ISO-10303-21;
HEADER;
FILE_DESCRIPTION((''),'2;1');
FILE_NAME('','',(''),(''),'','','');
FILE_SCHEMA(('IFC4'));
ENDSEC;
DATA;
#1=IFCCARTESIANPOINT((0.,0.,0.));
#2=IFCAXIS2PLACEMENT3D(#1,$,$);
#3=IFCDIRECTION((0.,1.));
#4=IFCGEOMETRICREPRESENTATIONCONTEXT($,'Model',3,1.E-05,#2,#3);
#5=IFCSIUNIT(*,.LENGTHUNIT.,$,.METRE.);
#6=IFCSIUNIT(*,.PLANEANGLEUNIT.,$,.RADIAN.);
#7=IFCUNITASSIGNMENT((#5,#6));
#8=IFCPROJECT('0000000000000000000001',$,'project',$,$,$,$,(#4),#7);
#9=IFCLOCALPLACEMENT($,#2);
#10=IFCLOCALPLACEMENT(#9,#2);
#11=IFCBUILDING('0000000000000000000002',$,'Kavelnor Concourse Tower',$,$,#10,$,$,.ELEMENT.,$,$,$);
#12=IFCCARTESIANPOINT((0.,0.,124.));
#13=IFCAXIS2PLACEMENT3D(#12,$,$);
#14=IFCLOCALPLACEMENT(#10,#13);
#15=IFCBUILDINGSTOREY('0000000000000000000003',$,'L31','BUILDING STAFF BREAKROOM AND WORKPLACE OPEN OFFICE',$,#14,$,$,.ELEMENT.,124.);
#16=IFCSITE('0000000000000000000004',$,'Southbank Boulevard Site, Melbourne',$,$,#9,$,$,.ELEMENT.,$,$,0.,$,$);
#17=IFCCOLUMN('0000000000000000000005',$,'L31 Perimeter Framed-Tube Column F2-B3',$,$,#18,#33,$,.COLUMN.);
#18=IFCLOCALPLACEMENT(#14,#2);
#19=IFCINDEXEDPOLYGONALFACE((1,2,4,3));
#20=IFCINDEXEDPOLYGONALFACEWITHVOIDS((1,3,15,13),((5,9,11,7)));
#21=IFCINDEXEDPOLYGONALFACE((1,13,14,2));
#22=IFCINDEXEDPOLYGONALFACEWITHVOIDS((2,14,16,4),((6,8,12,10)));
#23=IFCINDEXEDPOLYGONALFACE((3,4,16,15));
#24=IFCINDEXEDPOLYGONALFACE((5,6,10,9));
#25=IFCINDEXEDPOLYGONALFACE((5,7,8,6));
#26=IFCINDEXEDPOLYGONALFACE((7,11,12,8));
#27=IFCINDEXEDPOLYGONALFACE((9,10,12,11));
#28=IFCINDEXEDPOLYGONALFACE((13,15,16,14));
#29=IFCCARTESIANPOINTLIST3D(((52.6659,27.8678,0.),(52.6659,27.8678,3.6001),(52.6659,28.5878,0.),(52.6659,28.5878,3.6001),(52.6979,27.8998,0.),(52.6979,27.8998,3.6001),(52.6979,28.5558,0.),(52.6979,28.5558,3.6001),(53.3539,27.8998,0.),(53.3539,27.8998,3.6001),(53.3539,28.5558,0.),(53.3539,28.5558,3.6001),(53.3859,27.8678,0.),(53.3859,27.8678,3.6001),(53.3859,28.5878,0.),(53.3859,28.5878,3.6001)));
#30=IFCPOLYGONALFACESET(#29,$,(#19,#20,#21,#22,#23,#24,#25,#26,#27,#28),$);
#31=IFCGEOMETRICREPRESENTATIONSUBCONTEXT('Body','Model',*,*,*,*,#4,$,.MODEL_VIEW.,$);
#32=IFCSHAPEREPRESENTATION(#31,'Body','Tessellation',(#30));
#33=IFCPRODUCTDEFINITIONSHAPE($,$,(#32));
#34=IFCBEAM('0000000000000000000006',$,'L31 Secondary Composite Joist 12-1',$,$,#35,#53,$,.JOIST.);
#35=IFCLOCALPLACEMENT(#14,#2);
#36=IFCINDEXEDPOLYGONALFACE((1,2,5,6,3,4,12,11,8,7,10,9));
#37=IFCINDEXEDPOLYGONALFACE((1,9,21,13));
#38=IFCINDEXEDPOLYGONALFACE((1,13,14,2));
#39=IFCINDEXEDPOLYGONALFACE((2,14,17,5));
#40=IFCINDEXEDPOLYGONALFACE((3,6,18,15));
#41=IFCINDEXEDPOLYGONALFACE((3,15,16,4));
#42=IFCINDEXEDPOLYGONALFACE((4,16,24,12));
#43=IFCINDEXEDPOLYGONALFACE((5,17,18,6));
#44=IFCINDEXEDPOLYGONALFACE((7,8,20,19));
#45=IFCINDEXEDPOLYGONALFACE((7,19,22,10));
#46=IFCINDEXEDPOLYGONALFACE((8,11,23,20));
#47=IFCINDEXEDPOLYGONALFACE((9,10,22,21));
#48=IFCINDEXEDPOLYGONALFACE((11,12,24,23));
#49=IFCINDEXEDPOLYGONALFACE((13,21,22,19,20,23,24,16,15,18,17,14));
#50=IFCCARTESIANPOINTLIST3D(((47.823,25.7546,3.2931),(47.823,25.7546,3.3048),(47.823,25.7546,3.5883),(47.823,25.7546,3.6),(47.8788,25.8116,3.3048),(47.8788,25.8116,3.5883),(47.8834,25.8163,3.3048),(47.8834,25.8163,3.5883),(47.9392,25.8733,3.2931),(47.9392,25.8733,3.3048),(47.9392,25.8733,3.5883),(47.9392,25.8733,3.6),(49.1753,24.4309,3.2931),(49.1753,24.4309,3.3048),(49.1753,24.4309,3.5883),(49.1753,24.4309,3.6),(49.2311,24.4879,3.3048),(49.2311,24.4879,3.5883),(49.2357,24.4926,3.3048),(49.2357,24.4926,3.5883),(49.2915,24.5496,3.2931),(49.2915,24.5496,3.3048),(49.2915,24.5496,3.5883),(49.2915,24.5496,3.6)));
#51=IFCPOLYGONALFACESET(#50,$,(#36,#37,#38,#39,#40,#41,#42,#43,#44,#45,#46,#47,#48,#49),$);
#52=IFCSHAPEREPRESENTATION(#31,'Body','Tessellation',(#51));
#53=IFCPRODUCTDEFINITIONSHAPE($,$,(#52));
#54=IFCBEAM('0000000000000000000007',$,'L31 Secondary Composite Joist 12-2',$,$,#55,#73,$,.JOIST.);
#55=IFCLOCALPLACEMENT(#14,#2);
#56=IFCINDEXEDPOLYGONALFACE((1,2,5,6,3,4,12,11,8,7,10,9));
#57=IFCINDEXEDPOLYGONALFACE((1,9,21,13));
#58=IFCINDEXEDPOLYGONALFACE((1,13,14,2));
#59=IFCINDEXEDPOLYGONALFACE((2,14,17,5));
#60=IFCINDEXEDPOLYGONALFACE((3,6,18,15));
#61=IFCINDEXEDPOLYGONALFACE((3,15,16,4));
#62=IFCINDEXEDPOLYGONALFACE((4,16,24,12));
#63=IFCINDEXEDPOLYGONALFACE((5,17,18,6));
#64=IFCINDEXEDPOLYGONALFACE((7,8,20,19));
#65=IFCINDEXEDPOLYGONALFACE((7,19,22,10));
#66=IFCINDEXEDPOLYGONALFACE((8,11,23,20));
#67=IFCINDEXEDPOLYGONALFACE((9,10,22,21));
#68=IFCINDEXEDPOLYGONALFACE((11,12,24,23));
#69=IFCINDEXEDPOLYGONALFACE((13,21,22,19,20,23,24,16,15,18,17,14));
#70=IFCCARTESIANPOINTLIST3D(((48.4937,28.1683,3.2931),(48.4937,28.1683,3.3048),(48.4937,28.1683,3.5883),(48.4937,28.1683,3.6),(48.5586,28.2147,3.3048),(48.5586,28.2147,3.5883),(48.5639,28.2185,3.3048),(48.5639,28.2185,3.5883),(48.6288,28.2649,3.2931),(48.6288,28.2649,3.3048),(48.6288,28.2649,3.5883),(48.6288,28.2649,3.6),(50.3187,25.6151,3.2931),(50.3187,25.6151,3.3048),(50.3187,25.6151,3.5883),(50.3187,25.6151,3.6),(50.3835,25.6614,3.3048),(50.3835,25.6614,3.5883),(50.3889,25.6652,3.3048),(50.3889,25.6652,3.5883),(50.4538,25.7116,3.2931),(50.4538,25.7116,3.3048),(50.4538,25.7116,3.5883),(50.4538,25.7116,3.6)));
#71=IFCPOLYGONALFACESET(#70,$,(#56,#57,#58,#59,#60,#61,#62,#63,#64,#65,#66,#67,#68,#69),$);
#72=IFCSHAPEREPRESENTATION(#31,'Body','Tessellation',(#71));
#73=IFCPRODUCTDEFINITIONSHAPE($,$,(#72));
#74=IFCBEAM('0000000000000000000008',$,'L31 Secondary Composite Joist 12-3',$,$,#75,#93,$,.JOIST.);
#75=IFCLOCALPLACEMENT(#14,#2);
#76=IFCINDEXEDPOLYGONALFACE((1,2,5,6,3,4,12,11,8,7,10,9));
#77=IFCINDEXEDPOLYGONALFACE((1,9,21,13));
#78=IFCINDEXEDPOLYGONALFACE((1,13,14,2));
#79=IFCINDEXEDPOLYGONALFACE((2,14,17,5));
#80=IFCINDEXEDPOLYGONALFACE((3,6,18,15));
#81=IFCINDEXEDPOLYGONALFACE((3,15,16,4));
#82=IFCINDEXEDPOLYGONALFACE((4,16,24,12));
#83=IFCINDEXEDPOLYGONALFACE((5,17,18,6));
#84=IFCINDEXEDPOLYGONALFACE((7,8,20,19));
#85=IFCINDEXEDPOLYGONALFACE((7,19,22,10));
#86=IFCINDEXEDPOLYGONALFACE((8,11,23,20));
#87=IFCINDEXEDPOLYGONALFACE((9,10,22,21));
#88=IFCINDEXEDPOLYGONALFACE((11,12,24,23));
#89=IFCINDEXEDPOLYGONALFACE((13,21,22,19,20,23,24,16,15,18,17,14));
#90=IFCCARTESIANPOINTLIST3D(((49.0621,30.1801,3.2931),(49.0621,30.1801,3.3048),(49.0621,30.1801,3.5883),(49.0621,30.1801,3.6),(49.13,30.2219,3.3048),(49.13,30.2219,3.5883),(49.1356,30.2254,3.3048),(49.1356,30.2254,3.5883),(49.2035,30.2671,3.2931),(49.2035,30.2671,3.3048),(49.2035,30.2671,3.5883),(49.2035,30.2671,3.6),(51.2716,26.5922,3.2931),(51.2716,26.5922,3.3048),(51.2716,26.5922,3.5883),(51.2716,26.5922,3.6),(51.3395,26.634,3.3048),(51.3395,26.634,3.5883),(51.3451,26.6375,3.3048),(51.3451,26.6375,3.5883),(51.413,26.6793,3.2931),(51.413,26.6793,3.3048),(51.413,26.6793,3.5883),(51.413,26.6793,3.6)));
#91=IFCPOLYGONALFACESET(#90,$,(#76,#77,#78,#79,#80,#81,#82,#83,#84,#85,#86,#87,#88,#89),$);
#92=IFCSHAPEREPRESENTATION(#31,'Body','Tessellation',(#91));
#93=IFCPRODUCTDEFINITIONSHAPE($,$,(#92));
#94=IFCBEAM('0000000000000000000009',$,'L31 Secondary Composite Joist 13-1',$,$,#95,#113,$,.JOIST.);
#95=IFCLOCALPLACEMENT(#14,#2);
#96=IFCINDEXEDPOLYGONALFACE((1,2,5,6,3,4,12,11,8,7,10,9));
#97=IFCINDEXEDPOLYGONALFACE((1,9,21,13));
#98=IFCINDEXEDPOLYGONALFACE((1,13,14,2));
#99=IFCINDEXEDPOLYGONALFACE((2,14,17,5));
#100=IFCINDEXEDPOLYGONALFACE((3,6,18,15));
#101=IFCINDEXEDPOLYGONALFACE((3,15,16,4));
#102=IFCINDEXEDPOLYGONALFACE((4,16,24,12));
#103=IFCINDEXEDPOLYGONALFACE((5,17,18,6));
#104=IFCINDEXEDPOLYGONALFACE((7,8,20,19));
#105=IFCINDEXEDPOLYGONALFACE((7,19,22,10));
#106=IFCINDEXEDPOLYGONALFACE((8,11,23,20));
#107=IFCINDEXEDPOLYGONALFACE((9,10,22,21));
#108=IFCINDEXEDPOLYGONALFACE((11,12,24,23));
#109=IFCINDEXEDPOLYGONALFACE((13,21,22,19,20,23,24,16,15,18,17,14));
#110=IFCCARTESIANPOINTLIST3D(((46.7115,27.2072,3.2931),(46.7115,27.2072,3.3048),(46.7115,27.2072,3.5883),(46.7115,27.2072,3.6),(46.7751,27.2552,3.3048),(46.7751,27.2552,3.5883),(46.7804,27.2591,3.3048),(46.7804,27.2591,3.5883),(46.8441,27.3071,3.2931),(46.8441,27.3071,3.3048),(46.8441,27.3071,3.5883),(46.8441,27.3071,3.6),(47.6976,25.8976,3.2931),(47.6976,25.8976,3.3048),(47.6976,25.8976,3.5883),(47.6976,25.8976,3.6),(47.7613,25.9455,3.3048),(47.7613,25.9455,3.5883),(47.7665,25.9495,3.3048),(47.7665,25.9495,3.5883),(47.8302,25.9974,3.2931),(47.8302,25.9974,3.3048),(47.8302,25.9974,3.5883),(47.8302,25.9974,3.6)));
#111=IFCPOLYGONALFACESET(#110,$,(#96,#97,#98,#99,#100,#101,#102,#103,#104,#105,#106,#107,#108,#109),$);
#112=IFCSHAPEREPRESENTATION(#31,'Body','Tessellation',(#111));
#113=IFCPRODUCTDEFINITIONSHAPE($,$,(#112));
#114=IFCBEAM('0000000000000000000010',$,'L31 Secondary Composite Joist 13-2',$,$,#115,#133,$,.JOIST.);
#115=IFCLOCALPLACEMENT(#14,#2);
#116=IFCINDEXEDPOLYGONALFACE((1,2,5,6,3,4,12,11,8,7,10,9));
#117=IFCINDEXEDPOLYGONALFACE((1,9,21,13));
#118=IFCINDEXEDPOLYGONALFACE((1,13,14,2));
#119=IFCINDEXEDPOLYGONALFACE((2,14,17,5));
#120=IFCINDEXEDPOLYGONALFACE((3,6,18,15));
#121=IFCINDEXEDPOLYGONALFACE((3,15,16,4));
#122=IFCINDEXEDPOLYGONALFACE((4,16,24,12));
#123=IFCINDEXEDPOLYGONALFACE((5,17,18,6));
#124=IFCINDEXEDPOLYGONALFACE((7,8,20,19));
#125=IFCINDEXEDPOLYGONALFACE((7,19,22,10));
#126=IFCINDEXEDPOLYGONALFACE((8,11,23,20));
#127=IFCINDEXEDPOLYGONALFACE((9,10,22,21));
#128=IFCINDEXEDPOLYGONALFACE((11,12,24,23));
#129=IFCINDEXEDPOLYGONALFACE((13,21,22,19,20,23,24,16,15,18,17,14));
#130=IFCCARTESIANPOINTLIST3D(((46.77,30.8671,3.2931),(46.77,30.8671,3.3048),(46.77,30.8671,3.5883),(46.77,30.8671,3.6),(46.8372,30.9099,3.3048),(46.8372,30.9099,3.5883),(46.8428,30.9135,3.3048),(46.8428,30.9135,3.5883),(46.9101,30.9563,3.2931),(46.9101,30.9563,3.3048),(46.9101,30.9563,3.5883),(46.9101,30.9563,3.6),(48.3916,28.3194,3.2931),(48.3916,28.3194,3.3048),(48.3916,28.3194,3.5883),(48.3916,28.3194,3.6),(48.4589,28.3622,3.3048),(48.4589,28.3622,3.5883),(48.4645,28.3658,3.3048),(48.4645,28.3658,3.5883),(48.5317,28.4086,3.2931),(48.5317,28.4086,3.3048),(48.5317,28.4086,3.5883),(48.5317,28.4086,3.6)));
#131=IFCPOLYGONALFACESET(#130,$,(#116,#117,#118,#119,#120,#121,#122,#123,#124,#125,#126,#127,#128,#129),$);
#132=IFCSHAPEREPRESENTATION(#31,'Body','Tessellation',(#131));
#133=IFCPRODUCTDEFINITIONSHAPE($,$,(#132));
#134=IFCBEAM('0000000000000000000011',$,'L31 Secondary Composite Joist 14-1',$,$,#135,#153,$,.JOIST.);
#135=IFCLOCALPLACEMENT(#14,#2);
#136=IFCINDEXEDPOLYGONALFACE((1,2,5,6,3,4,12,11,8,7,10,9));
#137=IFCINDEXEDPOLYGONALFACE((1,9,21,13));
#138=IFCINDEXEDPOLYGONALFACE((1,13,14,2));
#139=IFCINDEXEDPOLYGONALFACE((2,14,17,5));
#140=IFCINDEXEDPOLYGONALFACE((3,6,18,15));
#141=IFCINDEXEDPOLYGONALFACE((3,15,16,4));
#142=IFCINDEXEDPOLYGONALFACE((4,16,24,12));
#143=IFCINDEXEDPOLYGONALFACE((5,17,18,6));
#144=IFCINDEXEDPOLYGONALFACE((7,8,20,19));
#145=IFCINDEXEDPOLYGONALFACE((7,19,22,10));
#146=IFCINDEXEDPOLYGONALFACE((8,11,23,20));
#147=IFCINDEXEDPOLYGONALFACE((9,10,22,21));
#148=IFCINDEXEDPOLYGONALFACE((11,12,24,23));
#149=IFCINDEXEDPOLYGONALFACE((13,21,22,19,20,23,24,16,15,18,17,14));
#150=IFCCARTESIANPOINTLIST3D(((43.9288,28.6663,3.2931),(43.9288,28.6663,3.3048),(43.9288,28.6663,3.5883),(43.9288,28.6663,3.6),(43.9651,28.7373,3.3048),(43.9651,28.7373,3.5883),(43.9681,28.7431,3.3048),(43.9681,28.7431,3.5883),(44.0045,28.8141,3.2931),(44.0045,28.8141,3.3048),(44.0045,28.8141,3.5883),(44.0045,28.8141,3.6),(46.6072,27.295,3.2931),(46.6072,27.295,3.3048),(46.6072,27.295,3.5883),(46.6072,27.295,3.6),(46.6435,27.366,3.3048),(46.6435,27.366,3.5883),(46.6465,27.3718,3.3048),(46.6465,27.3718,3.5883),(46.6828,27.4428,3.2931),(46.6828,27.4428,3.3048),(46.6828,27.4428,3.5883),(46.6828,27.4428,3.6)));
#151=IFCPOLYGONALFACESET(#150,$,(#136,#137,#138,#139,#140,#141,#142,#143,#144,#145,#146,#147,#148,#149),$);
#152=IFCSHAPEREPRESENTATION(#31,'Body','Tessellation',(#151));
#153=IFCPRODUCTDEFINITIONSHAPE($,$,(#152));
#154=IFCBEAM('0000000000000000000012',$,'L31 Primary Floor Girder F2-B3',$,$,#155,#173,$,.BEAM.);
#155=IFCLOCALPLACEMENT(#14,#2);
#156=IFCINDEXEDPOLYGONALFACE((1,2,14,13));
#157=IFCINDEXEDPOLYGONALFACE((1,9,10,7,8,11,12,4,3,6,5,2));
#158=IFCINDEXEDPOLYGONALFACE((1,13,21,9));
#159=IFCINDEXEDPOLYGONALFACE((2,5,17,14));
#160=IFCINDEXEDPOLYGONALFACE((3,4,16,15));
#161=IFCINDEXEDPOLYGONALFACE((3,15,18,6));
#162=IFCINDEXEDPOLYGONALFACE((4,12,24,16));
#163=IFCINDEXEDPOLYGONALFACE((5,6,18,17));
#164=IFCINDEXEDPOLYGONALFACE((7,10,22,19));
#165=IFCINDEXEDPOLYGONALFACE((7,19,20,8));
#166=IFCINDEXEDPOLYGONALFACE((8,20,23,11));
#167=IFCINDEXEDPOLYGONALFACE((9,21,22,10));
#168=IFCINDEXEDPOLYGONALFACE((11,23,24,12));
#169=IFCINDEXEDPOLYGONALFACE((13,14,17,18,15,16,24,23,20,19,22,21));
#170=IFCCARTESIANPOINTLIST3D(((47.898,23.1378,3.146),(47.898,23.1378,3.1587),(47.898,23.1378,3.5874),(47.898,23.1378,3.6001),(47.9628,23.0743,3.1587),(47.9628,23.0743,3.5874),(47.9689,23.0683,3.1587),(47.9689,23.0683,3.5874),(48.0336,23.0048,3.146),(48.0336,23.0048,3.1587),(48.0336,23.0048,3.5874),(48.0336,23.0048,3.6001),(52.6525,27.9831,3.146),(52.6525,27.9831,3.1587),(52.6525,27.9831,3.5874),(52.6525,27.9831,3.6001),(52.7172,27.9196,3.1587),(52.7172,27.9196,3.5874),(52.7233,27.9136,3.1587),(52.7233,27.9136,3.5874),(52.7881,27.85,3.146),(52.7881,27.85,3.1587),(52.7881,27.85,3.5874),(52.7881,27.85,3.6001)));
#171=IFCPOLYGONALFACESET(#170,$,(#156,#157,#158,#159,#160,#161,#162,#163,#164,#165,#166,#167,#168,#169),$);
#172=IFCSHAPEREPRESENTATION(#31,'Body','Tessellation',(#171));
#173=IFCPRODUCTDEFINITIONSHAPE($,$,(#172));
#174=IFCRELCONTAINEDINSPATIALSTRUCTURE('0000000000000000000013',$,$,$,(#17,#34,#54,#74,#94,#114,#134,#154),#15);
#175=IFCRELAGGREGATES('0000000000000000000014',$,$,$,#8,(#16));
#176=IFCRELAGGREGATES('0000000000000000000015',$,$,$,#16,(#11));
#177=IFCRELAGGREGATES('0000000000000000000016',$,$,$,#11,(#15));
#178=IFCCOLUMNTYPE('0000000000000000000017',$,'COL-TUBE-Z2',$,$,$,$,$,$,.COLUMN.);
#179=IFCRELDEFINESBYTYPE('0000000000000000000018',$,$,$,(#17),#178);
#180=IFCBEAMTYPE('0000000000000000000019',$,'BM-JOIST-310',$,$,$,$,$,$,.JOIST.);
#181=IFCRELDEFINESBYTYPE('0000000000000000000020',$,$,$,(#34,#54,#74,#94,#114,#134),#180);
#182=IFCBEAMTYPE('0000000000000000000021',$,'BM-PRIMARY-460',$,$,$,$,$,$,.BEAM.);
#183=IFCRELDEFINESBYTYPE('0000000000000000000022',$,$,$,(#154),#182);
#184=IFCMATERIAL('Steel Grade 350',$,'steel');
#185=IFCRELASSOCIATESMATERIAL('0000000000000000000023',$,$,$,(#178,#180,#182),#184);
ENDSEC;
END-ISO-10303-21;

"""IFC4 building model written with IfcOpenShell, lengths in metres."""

from ifc_helpers import new_model, si_unit, direction, frame, origin, origin_2d, place, context, subcontext, project, spatial, hollow_rectangle, i_section, extrude, material, material_profile, profile_set, type_object, element, save


model = new_model("IFC4")

# Units and contexts
model_context = context("Model", 3, precision=1e-05, world=origin(), true_north=direction((0.0, 1.0)))
body_context = subcontext(model_context, "Body", "Model", "MODEL_VIEW")
ifc_project = project(units=[si_unit("LENGTHUNIT", "METRE"), si_unit("PLANEANGLEUNIT", "RADIAN")], contexts=[model_context])

# Site, building, storey
site_placement = place(None, origin())
site = spatial("IfcSite", under=ifc_project, at=site_placement, Name="Southbank Boulevard Site, Melbourne", CompositionType="ELEMENT", RefElevation=0.0)
building_placement = place(site_placement, origin())
building = spatial("IfcBuilding", under=site, at=building_placement, Name="Kavelnor Concourse Tower", CompositionType="ELEMENT")
storey_placement = place(building_placement, frame((0.0, 0.0, 124.0)))
storey = spatial("IfcBuildingStorey", under=building, at=storey_placement, Name="L31", Description="BUILDING STAFF BREAKROOM AND WORKPLACE OPEN OFFICE", CompositionType="ELEMENT", Elevation=124.0)

# Column
ifc_material_1 = material(Name="Steel Grade 350", Category="steel")
ifc_material_profile_1 = material_profile(ifc_material_1, hollow_rectangle(XDim=0.72, YDim=0.72, WallThickness=0.032, at=origin_2d()), Name="SHS 720x720x32")
ifc_profile_set_1 = profile_set([ifc_material_profile_1], Name="Steel Grade 350")
column_type = type_object("IfcColumnType", Name="COL-TUBE-Z2", PredefinedType="COLUMN", material=ifc_profile_set_1)
column_placement = place(storey_placement, frame((53.0259, 28.2278, 0.0), z_axis=(0.0, 0.0, 1.0), x_axis=(1.0, 0.0, 0.0)))
element("IfcColumn", 1, at=column_placement, inside=storey, type_object=column_type, Name="L31 Perimeter Framed-Tube Column F2-B3", PredefinedType="COLUMN", context=body_context, shape_type="SweptSolid", body=[
    extrude(hollow_rectangle(XDim=0.72, YDim=0.72, WallThickness=0.032, at=origin_2d()), origin(), (0.0, 0.0, 1.0), 3.6001),
])

# Beams
ifc_material_profile_2 = material_profile(ifc_material_1, i_section(OverallWidth=0.166, OverallDepth=0.3069, WebThickness=0.0066, FlangeThickness=0.0117, at=origin_2d()), Name="310UB46")
ifc_profile_set_2 = profile_set([ifc_material_profile_2], Name="Steel Grade 350")
beam_type_1 = type_object("IfcBeamType", Name="BM-JOIST-310", PredefinedType="JOIST", material=ifc_profile_set_2)
beam_1_placement = place(storey_placement, frame((49.2334, 24.4902, 3.4465), z_axis=(-0.714614, 0.699519, 0.0), x_axis=(-0.699519, -0.714614, 0.0)))
element("IfcBeam", 2, at=beam_1_placement, inside=storey, type_object=beam_type_1, Name="L31 Secondary Composite Joist 12-1", PredefinedType="JOIST", context=body_context, shape_type="SweptSolid", body=[
    extrude(i_section(OverallWidth=0.166, OverallDepth=0.3069, WebThickness=0.0066, FlangeThickness=0.0117, at=origin_2d()), origin(), (0.0, 0.0, 1.0), 1.8923),
])
beam_2_placement = place(storey_placement, frame((50.3862, 25.6633, 3.4465), z_axis=(-0.581496, 0.813549, 0.0), x_axis=(-0.813549, -0.581496, 0.0)))
element("IfcBeam", 3, at=beam_2_placement, inside=storey, type_object=beam_type_1, Name="L31 Secondary Composite Joist 12-2", PredefinedType="JOIST", context=body_context, shape_type="SweptSolid", body=[
    extrude(i_section(OverallWidth=0.166, OverallDepth=0.3069, WebThickness=0.0066, FlangeThickness=0.0117, at=origin_2d()), origin(), (0.0, 0.0, 1.0), 3.1384),
])
beam_3_placement = place(storey_placement, frame((51.3423, 26.6357, 3.4465), z_axis=(-0.524362, 0.851495, 0.0), x_axis=(-0.851495, -0.524362, 0.0)))
element("IfcBeam", 4, at=beam_3_placement, inside=storey, type_object=beam_type_1, Name="L31 Secondary Composite Joist 12-3", PredefinedType="JOIST", context=body_context, shape_type="SweptSolid", body=[
    extrude(i_section(OverallWidth=0.166, OverallDepth=0.3069, WebThickness=0.0066, FlangeThickness=0.0117, at=origin_2d()), origin(), (0.0, 0.0, 1.0), 4.2136),
])
beam_4_placement = place(storey_placement, frame((47.7639, 25.9475, 3.4465), z_axis=(-0.601524, 0.798855, 0.0), x_axis=(-0.798855, -0.601524, 0.0)))
element("IfcBeam", 5, at=beam_4_placement, inside=storey, type_object=beam_type_1, Name="L31 Secondary Composite Joist 13-1", PredefinedType="JOIST", context=body_context, shape_type="SweptSolid", body=[
    extrude(i_section(OverallWidth=0.166, OverallDepth=0.3069, WebThickness=0.0066, FlangeThickness=0.0117, at=origin_2d()), origin(), (0.0, 0.0, 1.0), 1.6394),
])
beam_5_placement = place(storey_placement, frame((48.4617, 28.364, 3.4465), z_axis=(-0.536964, 0.843605, 0.0), x_axis=(-0.843605, -0.536964, 0.0)))
element("IfcBeam", 6, at=beam_5_placement, inside=storey, type_object=beam_type_1, Name="L31 Secondary Composite Joist 13-2", PredefinedType="JOIST", context=body_context, shape_type="SweptSolid", body=[
    extrude(i_section(OverallWidth=0.166, OverallDepth=0.3069, WebThickness=0.0066, FlangeThickness=0.0117, at=origin_2d()), origin(), (0.0, 0.0, 1.0), 3.02),
])
beam_6_placement = place(storey_placement, frame((46.645, 27.3689, 3.4465), z_axis=(-0.890119, 0.455729, 0.0), x_axis=(-0.455729, -0.890119, 0.0)))
element("IfcBeam", 7, at=beam_6_placement, inside=storey, type_object=beam_type_1, Name="L31 Secondary Composite Joist 14-1", PredefinedType="JOIST", context=body_context, shape_type="SweptSolid", body=[
    extrude(i_section(OverallWidth=0.166, OverallDepth=0.3069, WebThickness=0.0066, FlangeThickness=0.0117, at=origin_2d()), origin(), (0.0, 0.0, 1.0), 3.009),
])
ifc_material_profile_3 = material_profile(ifc_material_1, i_section(OverallWidth=0.1899, OverallDepth=0.4541, WebThickness=0.0085, FlangeThickness=0.0127, at=origin_2d()), Name="460UB67")
ifc_profile_set_3 = profile_set([ifc_material_profile_3], Name="Steel Grade 350")
beam_type_2 = type_object("IfcBeamType", Name="BM-PRIMARY-460", PredefinedType="BEAM", material=ifc_profile_set_3)
beam_7_placement = place(storey_placement, frame((47.9658, 23.0713, 3.373), z_axis=(0.700386, 0.713765, 0.0), x_axis=(-0.713765, 0.700386, 0.0)))
element("IfcBeam", 8, at=beam_7_placement, inside=storey, type_object=beam_type_2, Name="L31 Primary Floor Girder F2-B3", PredefinedType="BEAM", context=body_context, shape_type="SweptSolid", body=[
    extrude(i_section(OverallWidth=0.1899, OverallDepth=0.4541, WebThickness=0.0085, FlangeThickness=0.0127, at=origin_2d()), origin(), (0.0, 0.0, 1.0), 6.7883),
])

save(model, "model.ifc")
